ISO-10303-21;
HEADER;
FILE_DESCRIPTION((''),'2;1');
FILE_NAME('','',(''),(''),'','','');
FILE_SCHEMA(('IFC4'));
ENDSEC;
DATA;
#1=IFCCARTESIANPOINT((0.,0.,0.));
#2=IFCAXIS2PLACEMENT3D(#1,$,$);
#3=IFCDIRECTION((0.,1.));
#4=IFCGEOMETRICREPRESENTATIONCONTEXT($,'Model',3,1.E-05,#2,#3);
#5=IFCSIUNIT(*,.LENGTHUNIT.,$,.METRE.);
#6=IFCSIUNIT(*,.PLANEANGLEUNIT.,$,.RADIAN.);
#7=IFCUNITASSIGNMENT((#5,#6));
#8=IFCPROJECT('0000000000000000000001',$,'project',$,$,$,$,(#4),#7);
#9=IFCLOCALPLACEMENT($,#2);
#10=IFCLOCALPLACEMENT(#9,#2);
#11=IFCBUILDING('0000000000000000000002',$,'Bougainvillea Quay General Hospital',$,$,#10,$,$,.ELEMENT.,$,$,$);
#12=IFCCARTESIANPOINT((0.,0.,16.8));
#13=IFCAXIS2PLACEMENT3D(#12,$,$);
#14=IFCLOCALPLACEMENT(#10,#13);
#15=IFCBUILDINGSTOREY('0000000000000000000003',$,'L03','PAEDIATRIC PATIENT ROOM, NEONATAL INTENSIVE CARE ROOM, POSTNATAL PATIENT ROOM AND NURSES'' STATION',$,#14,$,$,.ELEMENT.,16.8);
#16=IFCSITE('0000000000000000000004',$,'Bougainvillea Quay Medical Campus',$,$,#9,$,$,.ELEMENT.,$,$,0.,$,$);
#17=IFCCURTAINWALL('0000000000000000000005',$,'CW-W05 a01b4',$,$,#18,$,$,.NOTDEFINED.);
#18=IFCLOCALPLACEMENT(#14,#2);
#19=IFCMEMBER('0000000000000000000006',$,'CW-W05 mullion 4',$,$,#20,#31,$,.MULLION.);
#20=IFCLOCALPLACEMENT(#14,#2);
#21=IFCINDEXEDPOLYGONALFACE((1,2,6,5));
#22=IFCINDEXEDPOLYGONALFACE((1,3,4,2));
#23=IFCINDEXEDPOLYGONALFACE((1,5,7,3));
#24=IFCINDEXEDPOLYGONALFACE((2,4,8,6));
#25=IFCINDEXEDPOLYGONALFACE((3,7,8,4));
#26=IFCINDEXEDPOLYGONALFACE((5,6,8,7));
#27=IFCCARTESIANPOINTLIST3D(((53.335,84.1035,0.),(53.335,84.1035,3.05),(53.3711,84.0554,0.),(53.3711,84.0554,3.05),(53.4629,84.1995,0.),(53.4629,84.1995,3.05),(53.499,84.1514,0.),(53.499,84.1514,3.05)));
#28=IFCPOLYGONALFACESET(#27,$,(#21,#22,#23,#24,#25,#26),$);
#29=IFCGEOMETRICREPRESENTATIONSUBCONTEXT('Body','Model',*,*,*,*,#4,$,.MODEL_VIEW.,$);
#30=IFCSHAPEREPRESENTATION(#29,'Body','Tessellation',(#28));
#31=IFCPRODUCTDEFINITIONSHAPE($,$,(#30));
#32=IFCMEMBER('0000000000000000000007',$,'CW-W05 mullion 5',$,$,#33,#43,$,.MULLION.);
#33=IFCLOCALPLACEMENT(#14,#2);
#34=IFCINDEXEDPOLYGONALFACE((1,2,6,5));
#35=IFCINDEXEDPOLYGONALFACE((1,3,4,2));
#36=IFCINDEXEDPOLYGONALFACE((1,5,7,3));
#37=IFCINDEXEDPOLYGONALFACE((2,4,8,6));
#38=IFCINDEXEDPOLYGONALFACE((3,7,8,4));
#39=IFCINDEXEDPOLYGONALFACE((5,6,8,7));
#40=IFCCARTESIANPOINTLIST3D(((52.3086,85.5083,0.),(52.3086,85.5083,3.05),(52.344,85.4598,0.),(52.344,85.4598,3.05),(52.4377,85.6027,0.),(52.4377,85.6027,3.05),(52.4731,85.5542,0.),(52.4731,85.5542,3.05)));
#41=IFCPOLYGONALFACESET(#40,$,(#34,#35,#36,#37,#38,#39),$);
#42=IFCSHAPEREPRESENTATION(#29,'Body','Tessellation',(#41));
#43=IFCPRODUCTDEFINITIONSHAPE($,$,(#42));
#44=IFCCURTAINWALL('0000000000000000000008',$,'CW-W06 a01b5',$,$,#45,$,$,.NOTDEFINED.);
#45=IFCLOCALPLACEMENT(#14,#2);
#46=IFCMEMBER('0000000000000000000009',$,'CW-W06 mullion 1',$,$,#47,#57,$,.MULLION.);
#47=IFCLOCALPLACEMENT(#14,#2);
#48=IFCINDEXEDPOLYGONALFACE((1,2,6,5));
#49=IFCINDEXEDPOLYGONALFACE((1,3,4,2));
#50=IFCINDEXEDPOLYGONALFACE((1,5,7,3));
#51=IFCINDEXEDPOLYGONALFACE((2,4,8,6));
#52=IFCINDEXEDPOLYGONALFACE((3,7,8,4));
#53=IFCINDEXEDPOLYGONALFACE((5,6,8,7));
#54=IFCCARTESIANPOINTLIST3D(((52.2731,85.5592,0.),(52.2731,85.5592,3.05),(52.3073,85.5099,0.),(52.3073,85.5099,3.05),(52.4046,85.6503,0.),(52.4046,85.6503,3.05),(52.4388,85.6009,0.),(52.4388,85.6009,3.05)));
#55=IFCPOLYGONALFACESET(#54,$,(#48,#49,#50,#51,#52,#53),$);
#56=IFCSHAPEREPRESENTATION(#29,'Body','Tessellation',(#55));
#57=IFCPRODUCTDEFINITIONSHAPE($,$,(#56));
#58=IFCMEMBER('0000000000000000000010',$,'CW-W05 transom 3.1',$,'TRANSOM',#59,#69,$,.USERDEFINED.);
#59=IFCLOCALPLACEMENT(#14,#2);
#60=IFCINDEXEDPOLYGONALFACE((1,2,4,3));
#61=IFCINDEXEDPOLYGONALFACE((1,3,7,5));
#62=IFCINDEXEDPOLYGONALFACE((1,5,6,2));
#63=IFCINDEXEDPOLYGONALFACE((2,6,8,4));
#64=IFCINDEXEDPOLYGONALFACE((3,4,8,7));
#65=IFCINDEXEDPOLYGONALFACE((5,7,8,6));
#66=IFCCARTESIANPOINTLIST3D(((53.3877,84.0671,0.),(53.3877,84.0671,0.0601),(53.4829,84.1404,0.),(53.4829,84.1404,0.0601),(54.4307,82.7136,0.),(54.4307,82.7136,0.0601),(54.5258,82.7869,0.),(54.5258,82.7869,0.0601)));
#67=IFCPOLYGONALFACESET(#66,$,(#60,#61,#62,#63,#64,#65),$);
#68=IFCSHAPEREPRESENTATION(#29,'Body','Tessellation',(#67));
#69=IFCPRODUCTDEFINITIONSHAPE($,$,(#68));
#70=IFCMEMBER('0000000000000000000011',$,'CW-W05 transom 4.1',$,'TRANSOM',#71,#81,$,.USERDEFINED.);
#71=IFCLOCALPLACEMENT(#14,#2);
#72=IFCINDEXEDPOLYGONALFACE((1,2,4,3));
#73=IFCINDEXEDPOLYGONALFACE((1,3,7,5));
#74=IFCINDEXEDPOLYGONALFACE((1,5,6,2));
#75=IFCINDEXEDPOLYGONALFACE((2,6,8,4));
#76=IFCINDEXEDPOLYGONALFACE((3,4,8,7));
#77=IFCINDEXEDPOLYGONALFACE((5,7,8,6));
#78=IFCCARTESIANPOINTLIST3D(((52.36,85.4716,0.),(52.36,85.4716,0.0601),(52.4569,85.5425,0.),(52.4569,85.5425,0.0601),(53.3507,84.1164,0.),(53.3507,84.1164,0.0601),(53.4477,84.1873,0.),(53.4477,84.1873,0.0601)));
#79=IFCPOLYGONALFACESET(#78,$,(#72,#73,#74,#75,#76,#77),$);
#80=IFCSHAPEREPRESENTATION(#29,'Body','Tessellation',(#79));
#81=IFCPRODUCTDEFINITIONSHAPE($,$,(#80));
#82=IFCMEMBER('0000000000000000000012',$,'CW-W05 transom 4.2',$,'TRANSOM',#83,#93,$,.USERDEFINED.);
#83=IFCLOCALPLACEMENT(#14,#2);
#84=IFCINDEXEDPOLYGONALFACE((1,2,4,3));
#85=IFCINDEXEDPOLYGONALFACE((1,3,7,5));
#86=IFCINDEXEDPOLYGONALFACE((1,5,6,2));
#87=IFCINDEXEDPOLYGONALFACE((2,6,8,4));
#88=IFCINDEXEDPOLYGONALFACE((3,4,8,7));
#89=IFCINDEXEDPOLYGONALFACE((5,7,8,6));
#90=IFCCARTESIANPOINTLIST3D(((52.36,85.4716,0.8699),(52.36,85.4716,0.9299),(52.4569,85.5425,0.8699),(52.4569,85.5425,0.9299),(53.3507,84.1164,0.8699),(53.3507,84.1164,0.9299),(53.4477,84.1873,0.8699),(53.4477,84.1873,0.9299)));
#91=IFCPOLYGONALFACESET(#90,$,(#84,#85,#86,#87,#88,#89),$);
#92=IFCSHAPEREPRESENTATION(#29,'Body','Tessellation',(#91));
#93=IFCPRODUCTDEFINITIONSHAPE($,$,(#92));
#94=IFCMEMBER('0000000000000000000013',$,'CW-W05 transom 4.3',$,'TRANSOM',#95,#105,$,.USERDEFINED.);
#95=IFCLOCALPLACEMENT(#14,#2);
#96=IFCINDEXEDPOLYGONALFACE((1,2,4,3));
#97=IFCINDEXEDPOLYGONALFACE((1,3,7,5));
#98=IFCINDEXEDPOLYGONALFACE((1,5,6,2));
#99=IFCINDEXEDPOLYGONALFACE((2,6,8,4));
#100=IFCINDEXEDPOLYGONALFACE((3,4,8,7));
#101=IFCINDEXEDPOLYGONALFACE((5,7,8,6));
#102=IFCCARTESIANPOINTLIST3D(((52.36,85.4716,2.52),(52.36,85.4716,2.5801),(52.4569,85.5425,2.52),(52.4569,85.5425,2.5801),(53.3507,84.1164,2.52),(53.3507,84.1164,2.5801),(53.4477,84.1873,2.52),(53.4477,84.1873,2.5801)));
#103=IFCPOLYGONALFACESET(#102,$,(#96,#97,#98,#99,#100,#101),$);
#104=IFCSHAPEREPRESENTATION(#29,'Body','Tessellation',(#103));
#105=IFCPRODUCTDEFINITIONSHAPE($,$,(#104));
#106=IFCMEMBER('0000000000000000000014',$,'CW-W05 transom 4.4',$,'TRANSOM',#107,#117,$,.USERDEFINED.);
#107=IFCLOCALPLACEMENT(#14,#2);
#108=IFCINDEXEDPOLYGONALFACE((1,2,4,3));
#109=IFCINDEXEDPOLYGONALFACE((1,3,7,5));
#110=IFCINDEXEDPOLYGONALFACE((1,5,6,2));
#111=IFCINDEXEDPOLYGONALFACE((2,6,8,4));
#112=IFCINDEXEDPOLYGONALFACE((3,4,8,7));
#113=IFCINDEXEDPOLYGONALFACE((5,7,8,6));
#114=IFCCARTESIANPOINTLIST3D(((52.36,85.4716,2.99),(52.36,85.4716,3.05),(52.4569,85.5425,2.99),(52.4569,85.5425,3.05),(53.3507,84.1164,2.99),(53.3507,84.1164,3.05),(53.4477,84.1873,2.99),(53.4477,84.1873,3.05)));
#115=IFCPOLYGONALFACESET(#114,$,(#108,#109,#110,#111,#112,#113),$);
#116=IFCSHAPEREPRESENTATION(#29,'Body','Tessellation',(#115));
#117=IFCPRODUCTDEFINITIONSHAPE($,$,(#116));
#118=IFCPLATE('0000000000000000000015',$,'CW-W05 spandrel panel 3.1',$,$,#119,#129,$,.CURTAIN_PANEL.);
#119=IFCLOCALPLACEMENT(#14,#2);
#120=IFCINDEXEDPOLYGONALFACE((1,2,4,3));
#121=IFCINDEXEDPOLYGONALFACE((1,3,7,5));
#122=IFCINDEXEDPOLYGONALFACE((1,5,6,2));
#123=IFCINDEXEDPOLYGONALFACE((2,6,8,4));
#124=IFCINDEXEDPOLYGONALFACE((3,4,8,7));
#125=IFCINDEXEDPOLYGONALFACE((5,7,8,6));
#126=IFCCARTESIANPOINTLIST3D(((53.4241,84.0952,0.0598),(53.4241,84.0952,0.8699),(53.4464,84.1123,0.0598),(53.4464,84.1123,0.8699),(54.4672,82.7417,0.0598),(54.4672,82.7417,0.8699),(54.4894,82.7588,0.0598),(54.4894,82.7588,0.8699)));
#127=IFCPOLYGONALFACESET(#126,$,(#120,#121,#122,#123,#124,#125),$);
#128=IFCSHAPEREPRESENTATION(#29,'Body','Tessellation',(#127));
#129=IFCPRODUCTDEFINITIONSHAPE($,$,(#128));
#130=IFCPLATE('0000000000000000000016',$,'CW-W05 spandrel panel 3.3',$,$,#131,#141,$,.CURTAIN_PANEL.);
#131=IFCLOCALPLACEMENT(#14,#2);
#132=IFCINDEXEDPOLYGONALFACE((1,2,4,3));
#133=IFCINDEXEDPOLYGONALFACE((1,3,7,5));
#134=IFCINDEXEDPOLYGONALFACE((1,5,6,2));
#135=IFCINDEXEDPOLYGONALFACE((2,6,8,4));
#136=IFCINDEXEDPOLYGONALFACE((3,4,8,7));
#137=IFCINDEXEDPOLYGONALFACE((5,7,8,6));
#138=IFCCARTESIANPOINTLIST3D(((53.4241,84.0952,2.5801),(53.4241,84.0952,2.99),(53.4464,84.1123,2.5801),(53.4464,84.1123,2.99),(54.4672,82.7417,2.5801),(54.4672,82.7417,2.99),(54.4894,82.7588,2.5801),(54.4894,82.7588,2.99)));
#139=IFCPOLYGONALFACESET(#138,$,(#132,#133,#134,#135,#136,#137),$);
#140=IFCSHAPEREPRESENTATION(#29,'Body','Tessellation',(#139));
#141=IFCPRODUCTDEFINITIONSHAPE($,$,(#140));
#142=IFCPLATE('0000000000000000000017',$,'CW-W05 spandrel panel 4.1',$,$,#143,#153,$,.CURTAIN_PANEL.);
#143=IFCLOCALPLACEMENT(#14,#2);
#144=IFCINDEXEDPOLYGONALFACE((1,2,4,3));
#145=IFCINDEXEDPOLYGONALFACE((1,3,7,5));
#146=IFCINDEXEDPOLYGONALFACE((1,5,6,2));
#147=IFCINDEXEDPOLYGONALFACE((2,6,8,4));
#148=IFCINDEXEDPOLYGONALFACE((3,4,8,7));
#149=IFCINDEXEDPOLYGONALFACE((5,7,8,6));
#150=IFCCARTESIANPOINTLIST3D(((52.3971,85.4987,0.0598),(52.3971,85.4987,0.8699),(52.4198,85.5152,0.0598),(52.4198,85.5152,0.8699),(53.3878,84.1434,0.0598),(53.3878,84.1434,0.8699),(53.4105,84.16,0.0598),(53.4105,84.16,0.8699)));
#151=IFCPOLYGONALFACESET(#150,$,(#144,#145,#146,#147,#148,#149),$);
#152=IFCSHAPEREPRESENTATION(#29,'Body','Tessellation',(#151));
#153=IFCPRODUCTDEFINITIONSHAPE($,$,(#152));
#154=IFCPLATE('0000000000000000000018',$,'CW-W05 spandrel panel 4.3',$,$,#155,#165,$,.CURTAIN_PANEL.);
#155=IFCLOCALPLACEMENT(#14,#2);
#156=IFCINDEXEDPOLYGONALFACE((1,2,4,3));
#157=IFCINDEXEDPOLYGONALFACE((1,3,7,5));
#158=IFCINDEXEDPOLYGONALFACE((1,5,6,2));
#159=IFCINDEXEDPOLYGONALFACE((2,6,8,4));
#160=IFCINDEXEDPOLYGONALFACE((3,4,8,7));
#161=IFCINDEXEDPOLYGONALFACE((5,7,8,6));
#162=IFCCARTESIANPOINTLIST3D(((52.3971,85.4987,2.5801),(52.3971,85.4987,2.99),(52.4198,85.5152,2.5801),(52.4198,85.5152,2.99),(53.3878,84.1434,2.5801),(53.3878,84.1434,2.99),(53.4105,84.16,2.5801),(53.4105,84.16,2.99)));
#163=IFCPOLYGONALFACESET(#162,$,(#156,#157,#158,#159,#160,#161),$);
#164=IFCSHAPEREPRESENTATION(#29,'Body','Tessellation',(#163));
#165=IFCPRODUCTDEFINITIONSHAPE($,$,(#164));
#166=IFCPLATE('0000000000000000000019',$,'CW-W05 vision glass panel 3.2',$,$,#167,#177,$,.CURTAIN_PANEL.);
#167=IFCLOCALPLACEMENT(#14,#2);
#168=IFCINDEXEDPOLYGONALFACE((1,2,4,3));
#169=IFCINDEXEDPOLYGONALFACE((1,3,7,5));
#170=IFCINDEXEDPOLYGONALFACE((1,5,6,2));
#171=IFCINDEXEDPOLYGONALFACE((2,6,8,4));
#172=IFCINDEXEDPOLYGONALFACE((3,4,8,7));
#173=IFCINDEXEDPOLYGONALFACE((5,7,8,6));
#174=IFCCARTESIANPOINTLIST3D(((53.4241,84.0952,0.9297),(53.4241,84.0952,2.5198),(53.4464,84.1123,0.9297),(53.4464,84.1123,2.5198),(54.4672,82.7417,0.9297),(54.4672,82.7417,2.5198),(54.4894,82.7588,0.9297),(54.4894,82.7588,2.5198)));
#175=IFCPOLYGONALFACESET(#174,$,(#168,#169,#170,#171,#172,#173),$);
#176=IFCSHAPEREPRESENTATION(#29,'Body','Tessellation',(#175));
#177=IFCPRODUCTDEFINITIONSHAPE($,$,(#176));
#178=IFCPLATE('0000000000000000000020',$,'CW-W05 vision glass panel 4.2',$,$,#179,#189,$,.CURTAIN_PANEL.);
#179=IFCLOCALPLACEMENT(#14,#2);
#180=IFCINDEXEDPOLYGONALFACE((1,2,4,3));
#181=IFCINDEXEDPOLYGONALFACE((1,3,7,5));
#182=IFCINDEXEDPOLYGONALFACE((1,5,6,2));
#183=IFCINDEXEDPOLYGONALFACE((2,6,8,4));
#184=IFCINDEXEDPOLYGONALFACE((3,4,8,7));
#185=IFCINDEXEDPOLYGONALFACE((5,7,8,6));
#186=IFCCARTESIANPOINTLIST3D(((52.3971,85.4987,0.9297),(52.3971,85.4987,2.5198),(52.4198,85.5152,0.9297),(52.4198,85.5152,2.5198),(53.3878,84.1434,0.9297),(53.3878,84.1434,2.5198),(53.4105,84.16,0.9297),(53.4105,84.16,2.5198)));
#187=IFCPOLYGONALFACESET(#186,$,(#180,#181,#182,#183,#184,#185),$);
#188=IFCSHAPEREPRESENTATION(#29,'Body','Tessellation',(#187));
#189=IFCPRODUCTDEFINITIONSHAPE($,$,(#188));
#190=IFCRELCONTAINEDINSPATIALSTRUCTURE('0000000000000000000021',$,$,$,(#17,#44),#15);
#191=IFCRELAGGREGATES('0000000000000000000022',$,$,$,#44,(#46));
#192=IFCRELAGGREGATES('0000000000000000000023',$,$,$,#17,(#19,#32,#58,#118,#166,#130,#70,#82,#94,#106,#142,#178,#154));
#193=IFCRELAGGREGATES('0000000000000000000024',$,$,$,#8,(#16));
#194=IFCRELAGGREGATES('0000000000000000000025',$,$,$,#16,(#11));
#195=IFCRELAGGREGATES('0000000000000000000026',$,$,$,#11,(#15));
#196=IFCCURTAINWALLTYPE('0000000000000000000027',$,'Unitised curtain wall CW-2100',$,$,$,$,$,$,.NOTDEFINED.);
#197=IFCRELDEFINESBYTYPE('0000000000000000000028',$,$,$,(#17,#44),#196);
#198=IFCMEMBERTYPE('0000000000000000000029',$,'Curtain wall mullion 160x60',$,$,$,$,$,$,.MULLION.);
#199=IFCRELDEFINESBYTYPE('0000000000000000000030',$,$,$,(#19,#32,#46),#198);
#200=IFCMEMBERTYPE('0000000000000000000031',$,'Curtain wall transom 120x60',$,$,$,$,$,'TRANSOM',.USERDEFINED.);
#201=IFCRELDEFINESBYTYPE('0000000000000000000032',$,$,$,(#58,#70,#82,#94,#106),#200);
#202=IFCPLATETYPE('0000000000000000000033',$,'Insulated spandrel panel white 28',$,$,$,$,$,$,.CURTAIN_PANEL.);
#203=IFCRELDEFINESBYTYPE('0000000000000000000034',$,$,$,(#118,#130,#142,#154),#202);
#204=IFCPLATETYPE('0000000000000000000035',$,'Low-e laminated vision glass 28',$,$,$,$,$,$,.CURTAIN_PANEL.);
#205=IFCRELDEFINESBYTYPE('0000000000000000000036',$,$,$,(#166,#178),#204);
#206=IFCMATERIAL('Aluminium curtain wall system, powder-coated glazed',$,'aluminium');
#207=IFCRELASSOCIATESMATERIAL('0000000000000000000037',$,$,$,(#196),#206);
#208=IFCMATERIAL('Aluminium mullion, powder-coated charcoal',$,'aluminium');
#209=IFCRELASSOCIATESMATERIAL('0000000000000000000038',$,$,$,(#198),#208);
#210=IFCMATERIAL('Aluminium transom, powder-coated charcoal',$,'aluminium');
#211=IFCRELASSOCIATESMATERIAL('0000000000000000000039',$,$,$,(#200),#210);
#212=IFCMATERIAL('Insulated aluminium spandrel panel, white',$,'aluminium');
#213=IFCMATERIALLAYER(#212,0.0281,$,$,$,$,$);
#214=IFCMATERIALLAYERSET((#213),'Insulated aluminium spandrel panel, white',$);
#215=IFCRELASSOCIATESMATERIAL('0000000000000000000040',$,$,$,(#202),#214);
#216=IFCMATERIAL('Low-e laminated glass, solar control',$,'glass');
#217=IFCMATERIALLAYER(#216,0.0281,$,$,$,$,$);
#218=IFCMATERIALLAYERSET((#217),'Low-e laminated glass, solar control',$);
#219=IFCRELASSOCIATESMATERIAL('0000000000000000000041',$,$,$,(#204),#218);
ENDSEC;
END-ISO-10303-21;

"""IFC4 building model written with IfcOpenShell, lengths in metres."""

from ifc_helpers import new_model, si_unit, direction, frame, origin, origin_2d, place, context, subcontext, project, spatial, rectangle, extrude, material, layer, layer_set, material_profile, profile_set, type_object, element, aggregate, save


model = new_model("IFC4")

# Units and contexts
model_context = context("Model", 3, precision=1e-05, world=origin(), true_north=direction((0.0, 1.0)))
body_context = subcontext(model_context, "Body", "Model", "MODEL_VIEW")
ifc_project = project(units=[si_unit("LENGTHUNIT", "METRE"), si_unit("PLANEANGLEUNIT", "RADIAN")], contexts=[model_context])

# Site, building, storey
site_placement = place(None, origin())
site = spatial("IfcSite", under=ifc_project, at=site_placement, Name="Bougainvillea Quay Medical Campus", CompositionType="ELEMENT", RefElevation=0.0)
building_placement = place(site_placement, origin())
building = spatial("IfcBuilding", under=site, at=building_placement, Name="Bougainvillea Quay General Hospital", CompositionType="ELEMENT")
storey_placement = place(building_placement, frame((0.0, 0.0, 16.8)))
storey = spatial("IfcBuildingStorey", under=building, at=storey_placement, Name="L03", Description="PAEDIATRIC PATIENT ROOM, NEONATAL INTENSIVE CARE ROOM, POSTNATAL PATIENT ROOM AND NURSES' STATION", CompositionType="ELEMENT", Elevation=16.8)

# Curtain wall, members
ifc_material_1 = material(Name="Aluminium curtain wall system, powder-coated glazed", Category="aluminium")
curtain_wall_type = type_object("IfcCurtainWallType", Name="Unitised curtain wall CW-2100", PredefinedType="NOTDEFINED", material=ifc_material_1)
curtain_wall_1_placement = place(storey_placement, origin())
curtain_wall_1 = element("IfcCurtainWall", 1, at=curtain_wall_1_placement, inside=storey, type_object=curtain_wall_type, Name="CW-W05 a01b4", PredefinedType="NOTDEFINED")
ifc_material_2 = material(Name="Aluminium mullion, powder-coated charcoal", Category="aluminium")
ifc_material_profile_1 = material_profile(ifc_material_2, rectangle(XDim=0.1599, YDim=0.0601, at=origin_2d()))
ifc_profile_set_1 = profile_set([ifc_material_profile_1], Name="Aluminium mullion, powder-coated charcoal")
member_type_1 = type_object("IfcMemberType", Name="Curtain wall mullion 160x60", PredefinedType="MULLION", material=ifc_profile_set_1)
member_1_placement = place(storey_placement, frame((53.417, 84.1274, 0.0), z_axis=(0.0, 0.0, 1.0), x_axis=(-0.799758, -0.600323, 0.0)))
member_1 = element("IfcMember", 2, at=member_1_placement, type_object=member_type_1, Name="CW-W05 mullion 4", PredefinedType="MULLION", context=body_context, shape_type="SweptSolid", body=[
    extrude(rectangle(XDim=0.1599, YDim=0.0601, at=origin_2d()), origin(), (0.0, 0.0, 1.0), 3.05),
])
member_2_placement = place(storey_placement, frame((52.3909, 85.5312, 0.0), z_axis=(0.0, 0.0, 1.0), x_axis=(-0.807305, -0.590134, 0.0)))
member_2 = element("IfcMember", 3, at=member_2_placement, type_object=member_type_1, Name="CW-W05 mullion 5", PredefinedType="MULLION", context=body_context, shape_type="SweptSolid", body=[
    extrude(rectangle(XDim=0.1599, YDim=0.0601, at=origin_2d()), origin(), (0.0, 0.0, 1.0), 3.05),
])

# Curtain wall, member
curtain_wall_2_placement = place(storey_placement, origin())
curtain_wall_2 = element("IfcCurtainWall", 4, at=curtain_wall_2_placement, inside=storey, type_object=curtain_wall_type, Name="CW-W06 a01b5", PredefinedType="NOTDEFINED")
member_3_placement = place(storey_placement, frame((52.356, 85.5801, 0.0), z_axis=(0.0, 0.0, 1.0), x_axis=(-0.82201, -0.569473, 0.0)))
member_3 = element("IfcMember", 5, at=member_3_placement, type_object=member_type_1, Name="CW-W06 mullion 1", PredefinedType="MULLION", context=body_context, shape_type="SweptSolid", body=[
    extrude(rectangle(XDim=0.1599, YDim=0.0601, at=origin_2d()), origin(), (0.0, 0.0, 1.0), 3.05),
])
aggregate(curtain_wall_2, [member_3])

# Members
ifc_material_3 = material(Name="Aluminium transom, powder-coated charcoal", Category="aluminium")
ifc_material_profile_2 = material_profile(ifc_material_3, rectangle(XDim=0.1201, YDim=0.0601, at=origin_2d()))
ifc_profile_set_2 = profile_set([ifc_material_profile_2], Name="Aluminium transom, powder-coated charcoal")
member_type_2 = type_object("IfcMemberType", Name="Curtain wall transom 120x60", ElementType="TRANSOM", PredefinedType="USERDEFINED", material=ifc_profile_set_2)
member_4_placement = place(storey_placement, frame((54.4783, 82.7502, 0.03), z_axis=(-0.610373, 0.792114, 0.0), x_axis=(-0.792114, -0.610373, 0.0)))
member_4 = element("IfcMember", 6, at=member_4_placement, type_object=member_type_2, Name="CW-W05 transom 3.1", ObjectType="TRANSOM", PredefinedType="USERDEFINED", context=body_context, shape_type="SweptSolid", body=[
    extrude(rectangle(XDim=0.1201, YDim=0.0601, at=origin_2d()), origin(), (0.0, 0.0, 1.0), 1.7087),
])
member_5_placement = place(storey_placement, frame((53.3992, 84.1519, 0.03), z_axis=(-0.590159, 0.807287, 0.0), x_axis=(-0.807287, -0.590159, 0.0)))
member_5 = element("IfcMember", 7, at=member_5_placement, type_object=member_type_2, Name="CW-W05 transom 4.1", ObjectType="TRANSOM", PredefinedType="USERDEFINED", context=body_context, shape_type="SweptSolid", body=[
    extrude(rectangle(XDim=0.1201, YDim=0.0601, at=origin_2d()), origin(), (0.0, 0.0, 1.0), 1.6787),
])
member_6_placement = place(storey_placement, frame((53.3992, 84.1519, 0.8999), z_axis=(-0.590159, 0.807287, 0.0), x_axis=(-0.807287, -0.590159, 0.0)))
member_6 = element("IfcMember", 8, at=member_6_placement, type_object=member_type_2, Name="CW-W05 transom 4.2", ObjectType="TRANSOM", PredefinedType="USERDEFINED", context=body_context, shape_type="SweptSolid", body=[
    extrude(rectangle(XDim=0.1201, YDim=0.0601, at=origin_2d()), origin(), (0.0, 0.0, 1.0), 1.6787),
])
member_7_placement = place(storey_placement, frame((53.3992, 84.1519, 2.55), z_axis=(-0.590159, 0.807287, 0.0), x_axis=(-0.807287, -0.590159, 0.0)))
member_7 = element("IfcMember", 9, at=member_7_placement, type_object=member_type_2, Name="CW-W05 transom 4.3", ObjectType="TRANSOM", PredefinedType="USERDEFINED", context=body_context, shape_type="SweptSolid", body=[
    extrude(rectangle(XDim=0.1201, YDim=0.0601, at=origin_2d()), origin(), (0.0, 0.0, 1.0), 1.6787),
])
member_8_placement = place(storey_placement, frame((53.3992, 84.1519, 3.02), z_axis=(-0.590159, 0.807287, 0.0), x_axis=(-0.807287, -0.590159, 0.0)))
member_8 = element("IfcMember", 10, at=member_8_placement, type_object=member_type_2, Name="CW-W05 transom 4.4", ObjectType="TRANSOM", PredefinedType="USERDEFINED", context=body_context, shape_type="SweptSolid", body=[
    extrude(rectangle(XDim=0.1201, YDim=0.0601, at=origin_2d()), origin(), (0.0, 0.0, 1.0), 1.6787),
])

# Plates
ifc_material_4 = material(Name="Insulated aluminium spandrel panel, white", Category="aluminium")
ifc_layer_1 = layer(ifc_material_4, 0.0281)
ifc_layer_set_1 = layer_set([ifc_layer_1], Name="Insulated aluminium spandrel panel, white")
plate_type_1 = type_object("IfcPlateType", Name="Insulated spandrel panel white 28", PredefinedType="CURTAIN_PANEL", material=ifc_layer_set_1)
plate_1_placement = place(storey_placement, frame((53.9568, 83.427, 0.0598), z_axis=(0.0, 0.0, 1.0), x_axis=(-0.610415, 0.792082, 0.0)))
plate_1 = element("IfcPlate", 11, at=plate_1_placement, type_object=plate_type_1, Name="CW-W05 spandrel panel 3.1", PredefinedType="CURTAIN_PANEL", context=body_context, shape_type="SweptSolid", body=[
    extrude(rectangle(XDim=1.7087, YDim=0.0281, at=origin_2d()), origin(), (0.0, 0.0, 1.0), 0.8101),
])
plate_2_placement = place(storey_placement, frame((53.9568, 83.427, 2.5801), z_axis=(0.0, 0.0, 1.0), x_axis=(-0.610415, 0.792082, 0.0)))
plate_2 = element("IfcPlate", 12, at=plate_2_placement, type_object=plate_type_1, Name="CW-W05 spandrel panel 3.3", PredefinedType="CURTAIN_PANEL", context=body_context, shape_type="SweptSolid", body=[
    extrude(rectangle(XDim=1.7087, YDim=0.0281, at=origin_2d()), origin(), (0.0, 0.0, 1.0), 0.4099),
])
plate_3_placement = place(storey_placement, frame((52.9038, 84.8293, 0.0598), z_axis=(0.0, 0.0, 1.0), x_axis=(-0.590134, 0.807305, 0.0)))
plate_3 = element("IfcPlate", 13, at=plate_3_placement, type_object=plate_type_1, Name="CW-W05 spandrel panel 4.1", PredefinedType="CURTAIN_PANEL", context=body_context, shape_type="SweptSolid", body=[
    extrude(rectangle(XDim=1.6787, YDim=0.0281, at=origin_2d()), origin(), (0.0, 0.0, 1.0), 0.8101),
])
plate_4_placement = place(storey_placement, frame((52.9038, 84.8293, 2.5801), z_axis=(0.0, 0.0, 1.0), x_axis=(-0.590134, 0.807305, 0.0)))
plate_4 = element("IfcPlate", 14, at=plate_4_placement, type_object=plate_type_1, Name="CW-W05 spandrel panel 4.3", PredefinedType="CURTAIN_PANEL", context=body_context, shape_type="SweptSolid", body=[
    extrude(rectangle(XDim=1.6787, YDim=0.0281, at=origin_2d()), origin(), (0.0, 0.0, 1.0), 0.4099),
])
ifc_material_5 = material(Name="Low-e laminated glass, solar control", Category="glass")
ifc_layer_2 = layer(ifc_material_5, 0.0281)
ifc_layer_set_2 = layer_set([ifc_layer_2], Name="Low-e laminated glass, solar control")
plate_type_2 = type_object("IfcPlateType", Name="Low-e laminated vision glass 28", PredefinedType="CURTAIN_PANEL", material=ifc_layer_set_2)
plate_5_placement = place(storey_placement, frame((53.9568, 83.427, 0.9297), z_axis=(0.0, 0.0, 1.0), x_axis=(-0.610415, 0.792082, 0.0)))
plate_5 = element("IfcPlate", 15, at=plate_5_placement, type_object=plate_type_2, Name="CW-W05 vision glass panel 3.2", PredefinedType="CURTAIN_PANEL", context=body_context, shape_type="SweptSolid", body=[
    extrude(rectangle(XDim=1.7087, YDim=0.0281, at=origin_2d()), origin(), (0.0, 0.0, 1.0), 1.5901),
])
plate_6_placement = place(storey_placement, frame((52.9038, 84.8293, 0.9297), z_axis=(0.0, 0.0, 1.0), x_axis=(-0.590134, 0.807305, 0.0)))
plate_6 = element("IfcPlate", 16, at=plate_6_placement, type_object=plate_type_2, Name="CW-W05 vision glass panel 4.2", PredefinedType="CURTAIN_PANEL", context=body_context, shape_type="SweptSolid", body=[
    extrude(rectangle(XDim=1.6787, YDim=0.0281, at=origin_2d()), origin(), (0.0, 0.0, 1.0), 1.5901),
])
aggregate(curtain_wall_1, [member_1, member_2, member_4, plate_1, plate_5, plate_2, member_5, member_6, member_7, member_8, plate_3, plate_6, plate_4])

save(model, "model.ifc")
